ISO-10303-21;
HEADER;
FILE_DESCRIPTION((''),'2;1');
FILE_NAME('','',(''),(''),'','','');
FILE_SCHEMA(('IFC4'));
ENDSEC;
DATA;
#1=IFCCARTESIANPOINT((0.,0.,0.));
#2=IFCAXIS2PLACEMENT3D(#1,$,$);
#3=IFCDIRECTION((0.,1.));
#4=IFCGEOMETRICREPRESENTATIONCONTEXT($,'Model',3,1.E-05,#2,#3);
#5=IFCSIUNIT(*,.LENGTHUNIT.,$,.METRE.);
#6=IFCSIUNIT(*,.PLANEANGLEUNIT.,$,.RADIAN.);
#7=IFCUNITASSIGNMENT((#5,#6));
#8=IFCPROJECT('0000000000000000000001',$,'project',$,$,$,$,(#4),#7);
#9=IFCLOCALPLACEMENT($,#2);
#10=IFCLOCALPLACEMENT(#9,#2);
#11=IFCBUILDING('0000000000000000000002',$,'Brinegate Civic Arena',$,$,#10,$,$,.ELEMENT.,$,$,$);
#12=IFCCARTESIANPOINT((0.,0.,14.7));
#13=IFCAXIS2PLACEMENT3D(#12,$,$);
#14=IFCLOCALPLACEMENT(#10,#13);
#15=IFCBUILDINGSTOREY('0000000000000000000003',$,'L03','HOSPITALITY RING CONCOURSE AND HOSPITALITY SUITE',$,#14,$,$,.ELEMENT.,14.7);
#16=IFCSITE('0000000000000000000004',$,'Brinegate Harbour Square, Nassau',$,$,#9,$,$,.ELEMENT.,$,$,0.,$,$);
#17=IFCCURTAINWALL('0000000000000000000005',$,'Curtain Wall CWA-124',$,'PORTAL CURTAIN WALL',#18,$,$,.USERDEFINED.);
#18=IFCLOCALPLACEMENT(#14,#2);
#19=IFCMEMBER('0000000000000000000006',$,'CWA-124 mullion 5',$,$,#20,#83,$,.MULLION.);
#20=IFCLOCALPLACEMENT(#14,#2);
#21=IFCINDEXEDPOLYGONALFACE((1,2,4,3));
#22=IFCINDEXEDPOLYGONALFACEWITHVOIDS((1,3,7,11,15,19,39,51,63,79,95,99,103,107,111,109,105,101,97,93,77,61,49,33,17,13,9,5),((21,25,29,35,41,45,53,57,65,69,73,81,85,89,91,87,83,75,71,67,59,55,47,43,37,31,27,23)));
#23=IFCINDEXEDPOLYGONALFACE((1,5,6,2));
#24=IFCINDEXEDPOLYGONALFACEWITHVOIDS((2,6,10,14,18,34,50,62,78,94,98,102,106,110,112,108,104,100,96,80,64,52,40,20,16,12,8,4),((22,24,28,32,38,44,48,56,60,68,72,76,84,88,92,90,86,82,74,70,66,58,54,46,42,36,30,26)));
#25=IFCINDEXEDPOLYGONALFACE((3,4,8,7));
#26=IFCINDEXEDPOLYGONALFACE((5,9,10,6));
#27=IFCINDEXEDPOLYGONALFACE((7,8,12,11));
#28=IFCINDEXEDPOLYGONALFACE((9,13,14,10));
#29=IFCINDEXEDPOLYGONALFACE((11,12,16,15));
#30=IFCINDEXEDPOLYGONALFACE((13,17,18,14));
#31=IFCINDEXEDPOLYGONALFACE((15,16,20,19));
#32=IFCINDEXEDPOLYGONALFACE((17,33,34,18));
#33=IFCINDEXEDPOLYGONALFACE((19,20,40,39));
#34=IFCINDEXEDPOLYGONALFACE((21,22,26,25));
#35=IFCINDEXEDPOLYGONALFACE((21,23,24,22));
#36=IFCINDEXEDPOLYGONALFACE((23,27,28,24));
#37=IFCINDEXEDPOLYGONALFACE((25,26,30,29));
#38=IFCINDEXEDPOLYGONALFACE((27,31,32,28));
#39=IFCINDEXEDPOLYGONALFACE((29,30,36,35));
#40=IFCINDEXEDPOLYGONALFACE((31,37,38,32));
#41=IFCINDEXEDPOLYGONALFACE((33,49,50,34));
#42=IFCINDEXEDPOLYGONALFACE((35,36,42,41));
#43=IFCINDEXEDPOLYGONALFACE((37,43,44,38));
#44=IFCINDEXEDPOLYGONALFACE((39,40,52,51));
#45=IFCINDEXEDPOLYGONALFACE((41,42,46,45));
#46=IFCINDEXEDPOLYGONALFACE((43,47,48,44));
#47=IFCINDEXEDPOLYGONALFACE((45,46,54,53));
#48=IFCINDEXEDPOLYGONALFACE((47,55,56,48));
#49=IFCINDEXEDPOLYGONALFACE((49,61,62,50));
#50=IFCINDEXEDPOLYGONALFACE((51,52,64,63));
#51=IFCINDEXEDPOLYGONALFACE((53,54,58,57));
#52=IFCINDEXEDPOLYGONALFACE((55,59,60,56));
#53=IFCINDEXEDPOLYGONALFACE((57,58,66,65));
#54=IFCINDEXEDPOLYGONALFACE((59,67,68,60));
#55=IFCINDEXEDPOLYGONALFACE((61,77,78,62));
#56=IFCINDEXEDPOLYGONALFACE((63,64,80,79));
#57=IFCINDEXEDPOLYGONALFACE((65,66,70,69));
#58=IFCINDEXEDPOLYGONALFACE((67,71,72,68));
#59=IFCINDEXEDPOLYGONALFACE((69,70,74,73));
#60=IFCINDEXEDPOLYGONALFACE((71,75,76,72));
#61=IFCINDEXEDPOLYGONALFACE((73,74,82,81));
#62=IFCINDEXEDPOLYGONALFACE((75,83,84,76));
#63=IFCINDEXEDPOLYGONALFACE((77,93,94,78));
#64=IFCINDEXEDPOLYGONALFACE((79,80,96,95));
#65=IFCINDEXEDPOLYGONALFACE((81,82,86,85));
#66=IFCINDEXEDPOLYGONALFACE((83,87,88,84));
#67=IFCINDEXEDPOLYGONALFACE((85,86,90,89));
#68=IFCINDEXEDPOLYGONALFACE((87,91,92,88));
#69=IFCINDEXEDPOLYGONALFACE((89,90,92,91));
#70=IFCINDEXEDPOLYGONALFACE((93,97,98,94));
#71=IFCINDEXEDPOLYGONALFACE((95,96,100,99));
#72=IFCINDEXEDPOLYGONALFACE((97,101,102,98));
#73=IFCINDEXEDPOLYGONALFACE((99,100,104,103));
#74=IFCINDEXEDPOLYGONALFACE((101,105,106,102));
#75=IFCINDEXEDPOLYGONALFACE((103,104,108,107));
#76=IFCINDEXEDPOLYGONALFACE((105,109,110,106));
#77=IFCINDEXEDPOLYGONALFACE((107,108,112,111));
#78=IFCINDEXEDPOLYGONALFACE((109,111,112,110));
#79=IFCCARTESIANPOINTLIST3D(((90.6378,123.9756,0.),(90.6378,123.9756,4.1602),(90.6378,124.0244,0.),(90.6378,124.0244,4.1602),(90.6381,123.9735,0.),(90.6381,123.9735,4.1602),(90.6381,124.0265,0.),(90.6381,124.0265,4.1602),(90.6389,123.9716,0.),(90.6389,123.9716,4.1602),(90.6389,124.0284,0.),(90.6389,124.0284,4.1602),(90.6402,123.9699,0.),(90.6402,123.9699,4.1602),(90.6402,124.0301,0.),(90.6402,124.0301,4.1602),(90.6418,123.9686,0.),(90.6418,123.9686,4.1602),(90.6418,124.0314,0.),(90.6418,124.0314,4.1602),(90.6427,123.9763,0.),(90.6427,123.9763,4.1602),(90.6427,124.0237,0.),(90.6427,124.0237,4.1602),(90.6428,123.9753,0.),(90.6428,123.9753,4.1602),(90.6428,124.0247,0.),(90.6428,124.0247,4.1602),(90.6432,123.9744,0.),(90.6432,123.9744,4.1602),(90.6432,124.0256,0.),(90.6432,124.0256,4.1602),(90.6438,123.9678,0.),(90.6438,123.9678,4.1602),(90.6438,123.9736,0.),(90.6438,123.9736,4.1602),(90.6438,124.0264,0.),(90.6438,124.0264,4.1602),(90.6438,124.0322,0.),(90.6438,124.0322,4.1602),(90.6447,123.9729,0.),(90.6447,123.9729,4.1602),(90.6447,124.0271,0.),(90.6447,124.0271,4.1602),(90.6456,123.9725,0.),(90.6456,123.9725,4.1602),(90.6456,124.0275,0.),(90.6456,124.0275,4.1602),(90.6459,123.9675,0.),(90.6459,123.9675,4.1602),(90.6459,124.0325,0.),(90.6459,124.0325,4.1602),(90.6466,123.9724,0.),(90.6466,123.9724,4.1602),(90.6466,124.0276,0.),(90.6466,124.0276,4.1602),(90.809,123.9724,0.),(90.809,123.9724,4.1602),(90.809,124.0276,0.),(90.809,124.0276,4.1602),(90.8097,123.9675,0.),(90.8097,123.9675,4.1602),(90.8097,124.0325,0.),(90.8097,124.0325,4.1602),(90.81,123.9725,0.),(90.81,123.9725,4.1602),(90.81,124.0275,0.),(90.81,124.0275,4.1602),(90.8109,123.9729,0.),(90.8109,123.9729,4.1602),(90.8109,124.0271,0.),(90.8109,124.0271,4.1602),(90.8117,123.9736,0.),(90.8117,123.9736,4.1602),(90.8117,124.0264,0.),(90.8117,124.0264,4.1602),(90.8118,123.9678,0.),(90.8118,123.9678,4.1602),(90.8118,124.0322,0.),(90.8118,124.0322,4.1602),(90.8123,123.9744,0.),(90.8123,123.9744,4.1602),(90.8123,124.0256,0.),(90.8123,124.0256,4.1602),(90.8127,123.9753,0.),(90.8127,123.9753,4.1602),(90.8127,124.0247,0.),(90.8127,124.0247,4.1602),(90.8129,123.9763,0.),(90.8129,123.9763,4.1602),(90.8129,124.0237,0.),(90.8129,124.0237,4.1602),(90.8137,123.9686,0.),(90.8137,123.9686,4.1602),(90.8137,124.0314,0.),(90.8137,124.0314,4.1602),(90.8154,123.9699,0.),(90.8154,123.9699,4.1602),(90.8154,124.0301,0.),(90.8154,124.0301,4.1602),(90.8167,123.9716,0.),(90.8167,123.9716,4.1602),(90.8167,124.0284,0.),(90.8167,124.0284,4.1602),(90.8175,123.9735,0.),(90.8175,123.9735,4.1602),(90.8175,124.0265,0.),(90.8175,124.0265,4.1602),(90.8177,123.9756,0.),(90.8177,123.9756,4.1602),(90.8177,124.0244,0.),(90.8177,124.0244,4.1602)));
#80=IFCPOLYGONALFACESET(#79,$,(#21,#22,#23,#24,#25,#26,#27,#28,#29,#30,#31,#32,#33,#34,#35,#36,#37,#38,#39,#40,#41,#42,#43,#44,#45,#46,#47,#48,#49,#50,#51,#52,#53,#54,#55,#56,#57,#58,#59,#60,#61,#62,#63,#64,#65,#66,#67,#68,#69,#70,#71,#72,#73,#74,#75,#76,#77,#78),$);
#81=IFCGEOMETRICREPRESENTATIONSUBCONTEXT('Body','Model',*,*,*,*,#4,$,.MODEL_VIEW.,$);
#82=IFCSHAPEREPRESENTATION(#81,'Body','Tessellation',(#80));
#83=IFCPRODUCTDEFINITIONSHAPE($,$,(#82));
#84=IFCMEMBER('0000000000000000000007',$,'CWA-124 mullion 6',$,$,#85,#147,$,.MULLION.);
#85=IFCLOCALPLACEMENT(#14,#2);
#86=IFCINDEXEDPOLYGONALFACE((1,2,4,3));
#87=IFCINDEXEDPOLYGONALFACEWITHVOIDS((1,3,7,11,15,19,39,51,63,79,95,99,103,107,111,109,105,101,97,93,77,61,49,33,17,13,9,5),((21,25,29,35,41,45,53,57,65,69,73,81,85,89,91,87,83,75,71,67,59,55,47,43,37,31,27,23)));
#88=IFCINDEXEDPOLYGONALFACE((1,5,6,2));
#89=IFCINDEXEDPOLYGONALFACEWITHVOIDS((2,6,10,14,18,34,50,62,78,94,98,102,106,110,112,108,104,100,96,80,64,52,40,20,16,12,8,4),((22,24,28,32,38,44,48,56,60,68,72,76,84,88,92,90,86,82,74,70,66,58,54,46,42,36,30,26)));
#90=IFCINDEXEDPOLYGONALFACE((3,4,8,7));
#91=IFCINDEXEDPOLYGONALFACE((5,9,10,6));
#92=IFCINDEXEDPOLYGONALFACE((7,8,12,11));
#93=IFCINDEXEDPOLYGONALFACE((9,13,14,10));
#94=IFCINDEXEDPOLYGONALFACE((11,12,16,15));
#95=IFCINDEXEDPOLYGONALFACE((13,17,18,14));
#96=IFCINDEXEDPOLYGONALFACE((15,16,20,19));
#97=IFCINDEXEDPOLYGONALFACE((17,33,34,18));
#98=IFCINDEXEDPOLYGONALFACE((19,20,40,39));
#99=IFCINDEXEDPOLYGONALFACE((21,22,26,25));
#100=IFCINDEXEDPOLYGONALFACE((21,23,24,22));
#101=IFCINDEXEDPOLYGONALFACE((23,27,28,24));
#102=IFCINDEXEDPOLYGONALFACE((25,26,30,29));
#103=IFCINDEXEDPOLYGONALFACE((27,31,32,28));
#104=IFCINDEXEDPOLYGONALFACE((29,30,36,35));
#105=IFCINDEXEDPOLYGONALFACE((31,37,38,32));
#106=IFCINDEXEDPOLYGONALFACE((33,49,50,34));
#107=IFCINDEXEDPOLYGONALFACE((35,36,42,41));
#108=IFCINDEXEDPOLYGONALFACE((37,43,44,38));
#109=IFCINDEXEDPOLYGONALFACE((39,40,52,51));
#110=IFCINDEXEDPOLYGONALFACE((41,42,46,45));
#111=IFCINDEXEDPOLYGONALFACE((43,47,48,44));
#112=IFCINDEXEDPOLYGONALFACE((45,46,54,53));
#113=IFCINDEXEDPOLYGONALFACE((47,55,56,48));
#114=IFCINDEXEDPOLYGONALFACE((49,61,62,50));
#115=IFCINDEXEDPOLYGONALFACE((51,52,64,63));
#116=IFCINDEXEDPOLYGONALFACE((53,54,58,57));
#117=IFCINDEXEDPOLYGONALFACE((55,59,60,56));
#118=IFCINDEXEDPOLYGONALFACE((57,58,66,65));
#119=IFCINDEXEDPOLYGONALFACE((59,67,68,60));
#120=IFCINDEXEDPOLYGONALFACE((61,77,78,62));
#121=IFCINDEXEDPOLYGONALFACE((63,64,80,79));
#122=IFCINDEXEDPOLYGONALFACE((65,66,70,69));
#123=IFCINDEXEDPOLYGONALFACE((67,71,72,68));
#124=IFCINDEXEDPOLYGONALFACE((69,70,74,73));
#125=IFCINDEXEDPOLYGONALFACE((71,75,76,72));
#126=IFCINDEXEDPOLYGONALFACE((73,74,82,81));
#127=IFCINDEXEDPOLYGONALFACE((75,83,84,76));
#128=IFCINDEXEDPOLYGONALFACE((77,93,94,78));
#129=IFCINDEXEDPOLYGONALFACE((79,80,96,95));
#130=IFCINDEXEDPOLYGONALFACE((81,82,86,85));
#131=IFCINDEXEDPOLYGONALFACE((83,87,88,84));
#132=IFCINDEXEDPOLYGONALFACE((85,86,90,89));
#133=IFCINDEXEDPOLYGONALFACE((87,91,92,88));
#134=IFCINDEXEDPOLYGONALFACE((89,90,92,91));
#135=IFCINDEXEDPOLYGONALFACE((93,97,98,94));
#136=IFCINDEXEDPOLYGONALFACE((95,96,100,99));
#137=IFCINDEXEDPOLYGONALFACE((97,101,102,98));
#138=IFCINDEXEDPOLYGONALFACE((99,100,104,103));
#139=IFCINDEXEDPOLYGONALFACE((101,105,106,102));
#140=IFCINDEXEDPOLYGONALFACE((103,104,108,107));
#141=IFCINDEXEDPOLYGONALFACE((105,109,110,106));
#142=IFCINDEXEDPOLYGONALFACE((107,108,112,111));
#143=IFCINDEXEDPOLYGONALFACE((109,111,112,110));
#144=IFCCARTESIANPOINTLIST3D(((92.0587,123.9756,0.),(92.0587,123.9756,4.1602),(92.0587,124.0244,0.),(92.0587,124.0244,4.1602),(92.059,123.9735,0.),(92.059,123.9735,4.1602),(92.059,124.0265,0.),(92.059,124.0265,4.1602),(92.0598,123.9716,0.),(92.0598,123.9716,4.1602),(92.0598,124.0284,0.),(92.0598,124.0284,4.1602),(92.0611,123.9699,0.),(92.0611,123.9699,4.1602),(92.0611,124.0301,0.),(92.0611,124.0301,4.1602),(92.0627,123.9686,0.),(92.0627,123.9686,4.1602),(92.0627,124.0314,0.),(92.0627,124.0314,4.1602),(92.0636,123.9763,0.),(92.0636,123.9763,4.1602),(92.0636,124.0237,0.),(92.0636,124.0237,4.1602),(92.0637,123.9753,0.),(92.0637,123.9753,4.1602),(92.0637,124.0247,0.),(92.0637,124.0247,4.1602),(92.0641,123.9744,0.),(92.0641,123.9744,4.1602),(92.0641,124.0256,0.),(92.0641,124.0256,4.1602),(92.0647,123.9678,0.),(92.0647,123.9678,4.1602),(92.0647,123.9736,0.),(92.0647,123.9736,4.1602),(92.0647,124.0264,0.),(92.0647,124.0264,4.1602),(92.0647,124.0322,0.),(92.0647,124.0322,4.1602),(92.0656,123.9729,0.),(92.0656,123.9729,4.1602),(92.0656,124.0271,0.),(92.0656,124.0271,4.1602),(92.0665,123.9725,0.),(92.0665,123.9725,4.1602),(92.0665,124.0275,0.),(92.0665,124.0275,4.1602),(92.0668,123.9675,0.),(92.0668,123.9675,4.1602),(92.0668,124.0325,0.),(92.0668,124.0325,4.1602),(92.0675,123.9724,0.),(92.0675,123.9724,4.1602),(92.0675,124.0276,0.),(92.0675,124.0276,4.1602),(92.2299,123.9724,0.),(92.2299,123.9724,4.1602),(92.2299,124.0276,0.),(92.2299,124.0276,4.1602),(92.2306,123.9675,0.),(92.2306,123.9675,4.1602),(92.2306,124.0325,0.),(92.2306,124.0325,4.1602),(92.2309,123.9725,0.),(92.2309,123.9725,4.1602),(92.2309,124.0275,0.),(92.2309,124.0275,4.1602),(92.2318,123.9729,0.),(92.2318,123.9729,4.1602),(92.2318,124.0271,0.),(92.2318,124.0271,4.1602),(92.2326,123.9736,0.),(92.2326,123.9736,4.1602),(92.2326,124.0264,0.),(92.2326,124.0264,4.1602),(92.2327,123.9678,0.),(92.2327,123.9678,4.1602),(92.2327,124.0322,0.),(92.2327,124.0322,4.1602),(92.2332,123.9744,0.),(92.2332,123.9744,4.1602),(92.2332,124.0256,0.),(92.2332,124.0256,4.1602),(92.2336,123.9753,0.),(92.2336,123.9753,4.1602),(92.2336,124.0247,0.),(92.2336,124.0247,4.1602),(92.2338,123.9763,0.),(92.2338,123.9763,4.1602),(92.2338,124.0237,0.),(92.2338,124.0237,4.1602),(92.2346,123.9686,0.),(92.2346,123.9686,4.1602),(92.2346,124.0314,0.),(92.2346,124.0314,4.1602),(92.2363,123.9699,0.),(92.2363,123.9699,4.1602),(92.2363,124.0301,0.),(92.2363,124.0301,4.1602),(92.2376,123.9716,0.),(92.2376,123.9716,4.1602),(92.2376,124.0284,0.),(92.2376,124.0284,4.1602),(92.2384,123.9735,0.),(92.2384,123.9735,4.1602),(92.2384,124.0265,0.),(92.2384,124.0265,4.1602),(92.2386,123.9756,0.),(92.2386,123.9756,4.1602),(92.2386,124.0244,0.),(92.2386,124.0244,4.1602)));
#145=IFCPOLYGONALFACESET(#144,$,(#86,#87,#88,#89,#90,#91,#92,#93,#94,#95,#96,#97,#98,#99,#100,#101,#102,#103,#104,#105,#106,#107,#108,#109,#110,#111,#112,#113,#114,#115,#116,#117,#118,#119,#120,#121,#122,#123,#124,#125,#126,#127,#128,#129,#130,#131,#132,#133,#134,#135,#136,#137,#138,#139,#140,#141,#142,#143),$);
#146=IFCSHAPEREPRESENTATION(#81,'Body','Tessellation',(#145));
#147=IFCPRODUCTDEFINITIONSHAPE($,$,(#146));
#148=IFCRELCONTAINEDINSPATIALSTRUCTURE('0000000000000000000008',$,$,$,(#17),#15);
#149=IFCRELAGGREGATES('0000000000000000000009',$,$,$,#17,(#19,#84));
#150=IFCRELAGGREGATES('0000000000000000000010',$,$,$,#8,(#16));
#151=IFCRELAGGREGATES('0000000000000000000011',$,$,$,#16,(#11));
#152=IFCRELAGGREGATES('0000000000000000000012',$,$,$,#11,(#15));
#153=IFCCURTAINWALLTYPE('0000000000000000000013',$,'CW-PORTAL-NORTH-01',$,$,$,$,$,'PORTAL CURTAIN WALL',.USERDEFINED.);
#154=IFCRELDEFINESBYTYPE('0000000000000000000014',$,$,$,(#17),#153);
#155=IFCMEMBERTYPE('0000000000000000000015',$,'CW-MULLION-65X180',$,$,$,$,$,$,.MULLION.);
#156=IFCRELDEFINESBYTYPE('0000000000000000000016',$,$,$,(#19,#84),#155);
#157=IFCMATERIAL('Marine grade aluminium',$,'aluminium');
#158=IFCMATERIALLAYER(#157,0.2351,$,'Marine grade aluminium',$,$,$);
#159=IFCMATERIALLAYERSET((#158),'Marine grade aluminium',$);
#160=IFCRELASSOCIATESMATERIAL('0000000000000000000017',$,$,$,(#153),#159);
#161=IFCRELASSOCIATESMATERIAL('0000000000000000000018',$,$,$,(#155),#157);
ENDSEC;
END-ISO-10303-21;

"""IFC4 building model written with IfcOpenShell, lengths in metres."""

from ifc_helpers import new_model, si_unit, direction, frame, origin, origin_2d, place, context, subcontext, project, spatial, hollow_rectangle, extrude, material, layer, layer_set, material_profile, profile_set, type_object, element, aggregate, save


model = new_model("IFC4")

# Units and contexts
model_context = context("Model", 3, precision=1e-05, world=origin(), true_north=direction((0.0, 1.0)))
body_context = subcontext(model_context, "Body", "Model", "MODEL_VIEW")
ifc_project = project(units=[si_unit("LENGTHUNIT", "METRE"), si_unit("PLANEANGLEUNIT", "RADIAN")], contexts=[model_context])

# Site, building, storey
site_placement = place(None, origin())
site = spatial("IfcSite", under=ifc_project, at=site_placement, Name="Brinegate Harbour Square, Nassau", CompositionType="ELEMENT", RefElevation=0.0)
building_placement = place(site_placement, origin())
building = spatial("IfcBuilding", under=site, at=building_placement, Name="Brinegate Civic Arena", CompositionType="ELEMENT")
storey_placement = place(building_placement, frame((0.0, 0.0, 14.7)))
storey = spatial("IfcBuildingStorey", under=building, at=storey_placement, Name="L03", Description="HOSPITALITY RING CONCOURSE AND HOSPITALITY SUITE", CompositionType="ELEMENT", Elevation=14.7)

# Curtain wall, members
ifc_material_1 = material(Name="Marine grade aluminium", Category="aluminium")
ifc_layer_1 = layer(ifc_material_1, 0.2351, Name="Marine grade aluminium")
ifc_layer_set_1 = layer_set([ifc_layer_1], Name="Marine grade aluminium")
curtain_wall_type = type_object("IfcCurtainWallType", Name="CW-PORTAL-NORTH-01", ElementType="PORTAL CURTAIN WALL", PredefinedType="USERDEFINED", material=ifc_layer_set_1)
curtain_wall_placement = place(storey_placement, origin())
curtain_wall = element("IfcCurtainWall", 1, at=curtain_wall_placement, inside=storey, type_object=curtain_wall_type, Name="Curtain Wall CWA-124", ObjectType="PORTAL CURTAIN WALL", PredefinedType="USERDEFINED")
ifc_material_profile_1 = material_profile(ifc_material_1, hollow_rectangle(XDim=0.0649, YDim=0.1799, WallThickness=0.0049, InnerFilletRadius=0.0039, OuterFilletRadius=0.0081, at=origin_2d()), Name="MUL65X180")
ifc_profile_set_1 = profile_set([ifc_material_profile_1], Name="Marine grade aluminium")
member_type_1 = type_object("IfcMemberType", Name="CW-MULLION-65X180", PredefinedType="MULLION", material=ifc_profile_set_1)
member_1_placement = place(storey_placement, frame((90.7278, 124.0, 0.0), z_axis=(0.0, 0.0, 1.0), x_axis=(0.0, 1.0, 0.0)))
member_1 = element("IfcMember", 2, at=member_1_placement, type_object=member_type_1, Name="CWA-124 mullion 5", PredefinedType="MULLION", context=body_context, shape_type="SweptSolid", body=[
    extrude(hollow_rectangle(XDim=0.0649, YDim=0.1799, WallThickness=0.0049, InnerFilletRadius=0.0039, OuterFilletRadius=0.0081, at=origin_2d()), origin(), (0.0, 0.0, 1.0), 4.1602),
])
member_2_placement = place(storey_placement, frame((92.1487, 124.0, 0.0), z_axis=(0.0, 0.0, 1.0), x_axis=(0.0, 1.0, 0.0)))
member_2 = element("IfcMember", 3, at=member_2_placement, type_object=member_type_1, Name="CWA-124 mullion 6", PredefinedType="MULLION", context=body_context, shape_type="SweptSolid", body=[
    extrude(hollow_rectangle(XDim=0.0649, YDim=0.1799, WallThickness=0.0049, InnerFilletRadius=0.0039, OuterFilletRadius=0.0081, at=origin_2d()), origin(), (0.0, 0.0, 1.0), 4.1602),
])

aggregate(curtain_wall, [member_1, member_2])

save(model, "model.ifc")
